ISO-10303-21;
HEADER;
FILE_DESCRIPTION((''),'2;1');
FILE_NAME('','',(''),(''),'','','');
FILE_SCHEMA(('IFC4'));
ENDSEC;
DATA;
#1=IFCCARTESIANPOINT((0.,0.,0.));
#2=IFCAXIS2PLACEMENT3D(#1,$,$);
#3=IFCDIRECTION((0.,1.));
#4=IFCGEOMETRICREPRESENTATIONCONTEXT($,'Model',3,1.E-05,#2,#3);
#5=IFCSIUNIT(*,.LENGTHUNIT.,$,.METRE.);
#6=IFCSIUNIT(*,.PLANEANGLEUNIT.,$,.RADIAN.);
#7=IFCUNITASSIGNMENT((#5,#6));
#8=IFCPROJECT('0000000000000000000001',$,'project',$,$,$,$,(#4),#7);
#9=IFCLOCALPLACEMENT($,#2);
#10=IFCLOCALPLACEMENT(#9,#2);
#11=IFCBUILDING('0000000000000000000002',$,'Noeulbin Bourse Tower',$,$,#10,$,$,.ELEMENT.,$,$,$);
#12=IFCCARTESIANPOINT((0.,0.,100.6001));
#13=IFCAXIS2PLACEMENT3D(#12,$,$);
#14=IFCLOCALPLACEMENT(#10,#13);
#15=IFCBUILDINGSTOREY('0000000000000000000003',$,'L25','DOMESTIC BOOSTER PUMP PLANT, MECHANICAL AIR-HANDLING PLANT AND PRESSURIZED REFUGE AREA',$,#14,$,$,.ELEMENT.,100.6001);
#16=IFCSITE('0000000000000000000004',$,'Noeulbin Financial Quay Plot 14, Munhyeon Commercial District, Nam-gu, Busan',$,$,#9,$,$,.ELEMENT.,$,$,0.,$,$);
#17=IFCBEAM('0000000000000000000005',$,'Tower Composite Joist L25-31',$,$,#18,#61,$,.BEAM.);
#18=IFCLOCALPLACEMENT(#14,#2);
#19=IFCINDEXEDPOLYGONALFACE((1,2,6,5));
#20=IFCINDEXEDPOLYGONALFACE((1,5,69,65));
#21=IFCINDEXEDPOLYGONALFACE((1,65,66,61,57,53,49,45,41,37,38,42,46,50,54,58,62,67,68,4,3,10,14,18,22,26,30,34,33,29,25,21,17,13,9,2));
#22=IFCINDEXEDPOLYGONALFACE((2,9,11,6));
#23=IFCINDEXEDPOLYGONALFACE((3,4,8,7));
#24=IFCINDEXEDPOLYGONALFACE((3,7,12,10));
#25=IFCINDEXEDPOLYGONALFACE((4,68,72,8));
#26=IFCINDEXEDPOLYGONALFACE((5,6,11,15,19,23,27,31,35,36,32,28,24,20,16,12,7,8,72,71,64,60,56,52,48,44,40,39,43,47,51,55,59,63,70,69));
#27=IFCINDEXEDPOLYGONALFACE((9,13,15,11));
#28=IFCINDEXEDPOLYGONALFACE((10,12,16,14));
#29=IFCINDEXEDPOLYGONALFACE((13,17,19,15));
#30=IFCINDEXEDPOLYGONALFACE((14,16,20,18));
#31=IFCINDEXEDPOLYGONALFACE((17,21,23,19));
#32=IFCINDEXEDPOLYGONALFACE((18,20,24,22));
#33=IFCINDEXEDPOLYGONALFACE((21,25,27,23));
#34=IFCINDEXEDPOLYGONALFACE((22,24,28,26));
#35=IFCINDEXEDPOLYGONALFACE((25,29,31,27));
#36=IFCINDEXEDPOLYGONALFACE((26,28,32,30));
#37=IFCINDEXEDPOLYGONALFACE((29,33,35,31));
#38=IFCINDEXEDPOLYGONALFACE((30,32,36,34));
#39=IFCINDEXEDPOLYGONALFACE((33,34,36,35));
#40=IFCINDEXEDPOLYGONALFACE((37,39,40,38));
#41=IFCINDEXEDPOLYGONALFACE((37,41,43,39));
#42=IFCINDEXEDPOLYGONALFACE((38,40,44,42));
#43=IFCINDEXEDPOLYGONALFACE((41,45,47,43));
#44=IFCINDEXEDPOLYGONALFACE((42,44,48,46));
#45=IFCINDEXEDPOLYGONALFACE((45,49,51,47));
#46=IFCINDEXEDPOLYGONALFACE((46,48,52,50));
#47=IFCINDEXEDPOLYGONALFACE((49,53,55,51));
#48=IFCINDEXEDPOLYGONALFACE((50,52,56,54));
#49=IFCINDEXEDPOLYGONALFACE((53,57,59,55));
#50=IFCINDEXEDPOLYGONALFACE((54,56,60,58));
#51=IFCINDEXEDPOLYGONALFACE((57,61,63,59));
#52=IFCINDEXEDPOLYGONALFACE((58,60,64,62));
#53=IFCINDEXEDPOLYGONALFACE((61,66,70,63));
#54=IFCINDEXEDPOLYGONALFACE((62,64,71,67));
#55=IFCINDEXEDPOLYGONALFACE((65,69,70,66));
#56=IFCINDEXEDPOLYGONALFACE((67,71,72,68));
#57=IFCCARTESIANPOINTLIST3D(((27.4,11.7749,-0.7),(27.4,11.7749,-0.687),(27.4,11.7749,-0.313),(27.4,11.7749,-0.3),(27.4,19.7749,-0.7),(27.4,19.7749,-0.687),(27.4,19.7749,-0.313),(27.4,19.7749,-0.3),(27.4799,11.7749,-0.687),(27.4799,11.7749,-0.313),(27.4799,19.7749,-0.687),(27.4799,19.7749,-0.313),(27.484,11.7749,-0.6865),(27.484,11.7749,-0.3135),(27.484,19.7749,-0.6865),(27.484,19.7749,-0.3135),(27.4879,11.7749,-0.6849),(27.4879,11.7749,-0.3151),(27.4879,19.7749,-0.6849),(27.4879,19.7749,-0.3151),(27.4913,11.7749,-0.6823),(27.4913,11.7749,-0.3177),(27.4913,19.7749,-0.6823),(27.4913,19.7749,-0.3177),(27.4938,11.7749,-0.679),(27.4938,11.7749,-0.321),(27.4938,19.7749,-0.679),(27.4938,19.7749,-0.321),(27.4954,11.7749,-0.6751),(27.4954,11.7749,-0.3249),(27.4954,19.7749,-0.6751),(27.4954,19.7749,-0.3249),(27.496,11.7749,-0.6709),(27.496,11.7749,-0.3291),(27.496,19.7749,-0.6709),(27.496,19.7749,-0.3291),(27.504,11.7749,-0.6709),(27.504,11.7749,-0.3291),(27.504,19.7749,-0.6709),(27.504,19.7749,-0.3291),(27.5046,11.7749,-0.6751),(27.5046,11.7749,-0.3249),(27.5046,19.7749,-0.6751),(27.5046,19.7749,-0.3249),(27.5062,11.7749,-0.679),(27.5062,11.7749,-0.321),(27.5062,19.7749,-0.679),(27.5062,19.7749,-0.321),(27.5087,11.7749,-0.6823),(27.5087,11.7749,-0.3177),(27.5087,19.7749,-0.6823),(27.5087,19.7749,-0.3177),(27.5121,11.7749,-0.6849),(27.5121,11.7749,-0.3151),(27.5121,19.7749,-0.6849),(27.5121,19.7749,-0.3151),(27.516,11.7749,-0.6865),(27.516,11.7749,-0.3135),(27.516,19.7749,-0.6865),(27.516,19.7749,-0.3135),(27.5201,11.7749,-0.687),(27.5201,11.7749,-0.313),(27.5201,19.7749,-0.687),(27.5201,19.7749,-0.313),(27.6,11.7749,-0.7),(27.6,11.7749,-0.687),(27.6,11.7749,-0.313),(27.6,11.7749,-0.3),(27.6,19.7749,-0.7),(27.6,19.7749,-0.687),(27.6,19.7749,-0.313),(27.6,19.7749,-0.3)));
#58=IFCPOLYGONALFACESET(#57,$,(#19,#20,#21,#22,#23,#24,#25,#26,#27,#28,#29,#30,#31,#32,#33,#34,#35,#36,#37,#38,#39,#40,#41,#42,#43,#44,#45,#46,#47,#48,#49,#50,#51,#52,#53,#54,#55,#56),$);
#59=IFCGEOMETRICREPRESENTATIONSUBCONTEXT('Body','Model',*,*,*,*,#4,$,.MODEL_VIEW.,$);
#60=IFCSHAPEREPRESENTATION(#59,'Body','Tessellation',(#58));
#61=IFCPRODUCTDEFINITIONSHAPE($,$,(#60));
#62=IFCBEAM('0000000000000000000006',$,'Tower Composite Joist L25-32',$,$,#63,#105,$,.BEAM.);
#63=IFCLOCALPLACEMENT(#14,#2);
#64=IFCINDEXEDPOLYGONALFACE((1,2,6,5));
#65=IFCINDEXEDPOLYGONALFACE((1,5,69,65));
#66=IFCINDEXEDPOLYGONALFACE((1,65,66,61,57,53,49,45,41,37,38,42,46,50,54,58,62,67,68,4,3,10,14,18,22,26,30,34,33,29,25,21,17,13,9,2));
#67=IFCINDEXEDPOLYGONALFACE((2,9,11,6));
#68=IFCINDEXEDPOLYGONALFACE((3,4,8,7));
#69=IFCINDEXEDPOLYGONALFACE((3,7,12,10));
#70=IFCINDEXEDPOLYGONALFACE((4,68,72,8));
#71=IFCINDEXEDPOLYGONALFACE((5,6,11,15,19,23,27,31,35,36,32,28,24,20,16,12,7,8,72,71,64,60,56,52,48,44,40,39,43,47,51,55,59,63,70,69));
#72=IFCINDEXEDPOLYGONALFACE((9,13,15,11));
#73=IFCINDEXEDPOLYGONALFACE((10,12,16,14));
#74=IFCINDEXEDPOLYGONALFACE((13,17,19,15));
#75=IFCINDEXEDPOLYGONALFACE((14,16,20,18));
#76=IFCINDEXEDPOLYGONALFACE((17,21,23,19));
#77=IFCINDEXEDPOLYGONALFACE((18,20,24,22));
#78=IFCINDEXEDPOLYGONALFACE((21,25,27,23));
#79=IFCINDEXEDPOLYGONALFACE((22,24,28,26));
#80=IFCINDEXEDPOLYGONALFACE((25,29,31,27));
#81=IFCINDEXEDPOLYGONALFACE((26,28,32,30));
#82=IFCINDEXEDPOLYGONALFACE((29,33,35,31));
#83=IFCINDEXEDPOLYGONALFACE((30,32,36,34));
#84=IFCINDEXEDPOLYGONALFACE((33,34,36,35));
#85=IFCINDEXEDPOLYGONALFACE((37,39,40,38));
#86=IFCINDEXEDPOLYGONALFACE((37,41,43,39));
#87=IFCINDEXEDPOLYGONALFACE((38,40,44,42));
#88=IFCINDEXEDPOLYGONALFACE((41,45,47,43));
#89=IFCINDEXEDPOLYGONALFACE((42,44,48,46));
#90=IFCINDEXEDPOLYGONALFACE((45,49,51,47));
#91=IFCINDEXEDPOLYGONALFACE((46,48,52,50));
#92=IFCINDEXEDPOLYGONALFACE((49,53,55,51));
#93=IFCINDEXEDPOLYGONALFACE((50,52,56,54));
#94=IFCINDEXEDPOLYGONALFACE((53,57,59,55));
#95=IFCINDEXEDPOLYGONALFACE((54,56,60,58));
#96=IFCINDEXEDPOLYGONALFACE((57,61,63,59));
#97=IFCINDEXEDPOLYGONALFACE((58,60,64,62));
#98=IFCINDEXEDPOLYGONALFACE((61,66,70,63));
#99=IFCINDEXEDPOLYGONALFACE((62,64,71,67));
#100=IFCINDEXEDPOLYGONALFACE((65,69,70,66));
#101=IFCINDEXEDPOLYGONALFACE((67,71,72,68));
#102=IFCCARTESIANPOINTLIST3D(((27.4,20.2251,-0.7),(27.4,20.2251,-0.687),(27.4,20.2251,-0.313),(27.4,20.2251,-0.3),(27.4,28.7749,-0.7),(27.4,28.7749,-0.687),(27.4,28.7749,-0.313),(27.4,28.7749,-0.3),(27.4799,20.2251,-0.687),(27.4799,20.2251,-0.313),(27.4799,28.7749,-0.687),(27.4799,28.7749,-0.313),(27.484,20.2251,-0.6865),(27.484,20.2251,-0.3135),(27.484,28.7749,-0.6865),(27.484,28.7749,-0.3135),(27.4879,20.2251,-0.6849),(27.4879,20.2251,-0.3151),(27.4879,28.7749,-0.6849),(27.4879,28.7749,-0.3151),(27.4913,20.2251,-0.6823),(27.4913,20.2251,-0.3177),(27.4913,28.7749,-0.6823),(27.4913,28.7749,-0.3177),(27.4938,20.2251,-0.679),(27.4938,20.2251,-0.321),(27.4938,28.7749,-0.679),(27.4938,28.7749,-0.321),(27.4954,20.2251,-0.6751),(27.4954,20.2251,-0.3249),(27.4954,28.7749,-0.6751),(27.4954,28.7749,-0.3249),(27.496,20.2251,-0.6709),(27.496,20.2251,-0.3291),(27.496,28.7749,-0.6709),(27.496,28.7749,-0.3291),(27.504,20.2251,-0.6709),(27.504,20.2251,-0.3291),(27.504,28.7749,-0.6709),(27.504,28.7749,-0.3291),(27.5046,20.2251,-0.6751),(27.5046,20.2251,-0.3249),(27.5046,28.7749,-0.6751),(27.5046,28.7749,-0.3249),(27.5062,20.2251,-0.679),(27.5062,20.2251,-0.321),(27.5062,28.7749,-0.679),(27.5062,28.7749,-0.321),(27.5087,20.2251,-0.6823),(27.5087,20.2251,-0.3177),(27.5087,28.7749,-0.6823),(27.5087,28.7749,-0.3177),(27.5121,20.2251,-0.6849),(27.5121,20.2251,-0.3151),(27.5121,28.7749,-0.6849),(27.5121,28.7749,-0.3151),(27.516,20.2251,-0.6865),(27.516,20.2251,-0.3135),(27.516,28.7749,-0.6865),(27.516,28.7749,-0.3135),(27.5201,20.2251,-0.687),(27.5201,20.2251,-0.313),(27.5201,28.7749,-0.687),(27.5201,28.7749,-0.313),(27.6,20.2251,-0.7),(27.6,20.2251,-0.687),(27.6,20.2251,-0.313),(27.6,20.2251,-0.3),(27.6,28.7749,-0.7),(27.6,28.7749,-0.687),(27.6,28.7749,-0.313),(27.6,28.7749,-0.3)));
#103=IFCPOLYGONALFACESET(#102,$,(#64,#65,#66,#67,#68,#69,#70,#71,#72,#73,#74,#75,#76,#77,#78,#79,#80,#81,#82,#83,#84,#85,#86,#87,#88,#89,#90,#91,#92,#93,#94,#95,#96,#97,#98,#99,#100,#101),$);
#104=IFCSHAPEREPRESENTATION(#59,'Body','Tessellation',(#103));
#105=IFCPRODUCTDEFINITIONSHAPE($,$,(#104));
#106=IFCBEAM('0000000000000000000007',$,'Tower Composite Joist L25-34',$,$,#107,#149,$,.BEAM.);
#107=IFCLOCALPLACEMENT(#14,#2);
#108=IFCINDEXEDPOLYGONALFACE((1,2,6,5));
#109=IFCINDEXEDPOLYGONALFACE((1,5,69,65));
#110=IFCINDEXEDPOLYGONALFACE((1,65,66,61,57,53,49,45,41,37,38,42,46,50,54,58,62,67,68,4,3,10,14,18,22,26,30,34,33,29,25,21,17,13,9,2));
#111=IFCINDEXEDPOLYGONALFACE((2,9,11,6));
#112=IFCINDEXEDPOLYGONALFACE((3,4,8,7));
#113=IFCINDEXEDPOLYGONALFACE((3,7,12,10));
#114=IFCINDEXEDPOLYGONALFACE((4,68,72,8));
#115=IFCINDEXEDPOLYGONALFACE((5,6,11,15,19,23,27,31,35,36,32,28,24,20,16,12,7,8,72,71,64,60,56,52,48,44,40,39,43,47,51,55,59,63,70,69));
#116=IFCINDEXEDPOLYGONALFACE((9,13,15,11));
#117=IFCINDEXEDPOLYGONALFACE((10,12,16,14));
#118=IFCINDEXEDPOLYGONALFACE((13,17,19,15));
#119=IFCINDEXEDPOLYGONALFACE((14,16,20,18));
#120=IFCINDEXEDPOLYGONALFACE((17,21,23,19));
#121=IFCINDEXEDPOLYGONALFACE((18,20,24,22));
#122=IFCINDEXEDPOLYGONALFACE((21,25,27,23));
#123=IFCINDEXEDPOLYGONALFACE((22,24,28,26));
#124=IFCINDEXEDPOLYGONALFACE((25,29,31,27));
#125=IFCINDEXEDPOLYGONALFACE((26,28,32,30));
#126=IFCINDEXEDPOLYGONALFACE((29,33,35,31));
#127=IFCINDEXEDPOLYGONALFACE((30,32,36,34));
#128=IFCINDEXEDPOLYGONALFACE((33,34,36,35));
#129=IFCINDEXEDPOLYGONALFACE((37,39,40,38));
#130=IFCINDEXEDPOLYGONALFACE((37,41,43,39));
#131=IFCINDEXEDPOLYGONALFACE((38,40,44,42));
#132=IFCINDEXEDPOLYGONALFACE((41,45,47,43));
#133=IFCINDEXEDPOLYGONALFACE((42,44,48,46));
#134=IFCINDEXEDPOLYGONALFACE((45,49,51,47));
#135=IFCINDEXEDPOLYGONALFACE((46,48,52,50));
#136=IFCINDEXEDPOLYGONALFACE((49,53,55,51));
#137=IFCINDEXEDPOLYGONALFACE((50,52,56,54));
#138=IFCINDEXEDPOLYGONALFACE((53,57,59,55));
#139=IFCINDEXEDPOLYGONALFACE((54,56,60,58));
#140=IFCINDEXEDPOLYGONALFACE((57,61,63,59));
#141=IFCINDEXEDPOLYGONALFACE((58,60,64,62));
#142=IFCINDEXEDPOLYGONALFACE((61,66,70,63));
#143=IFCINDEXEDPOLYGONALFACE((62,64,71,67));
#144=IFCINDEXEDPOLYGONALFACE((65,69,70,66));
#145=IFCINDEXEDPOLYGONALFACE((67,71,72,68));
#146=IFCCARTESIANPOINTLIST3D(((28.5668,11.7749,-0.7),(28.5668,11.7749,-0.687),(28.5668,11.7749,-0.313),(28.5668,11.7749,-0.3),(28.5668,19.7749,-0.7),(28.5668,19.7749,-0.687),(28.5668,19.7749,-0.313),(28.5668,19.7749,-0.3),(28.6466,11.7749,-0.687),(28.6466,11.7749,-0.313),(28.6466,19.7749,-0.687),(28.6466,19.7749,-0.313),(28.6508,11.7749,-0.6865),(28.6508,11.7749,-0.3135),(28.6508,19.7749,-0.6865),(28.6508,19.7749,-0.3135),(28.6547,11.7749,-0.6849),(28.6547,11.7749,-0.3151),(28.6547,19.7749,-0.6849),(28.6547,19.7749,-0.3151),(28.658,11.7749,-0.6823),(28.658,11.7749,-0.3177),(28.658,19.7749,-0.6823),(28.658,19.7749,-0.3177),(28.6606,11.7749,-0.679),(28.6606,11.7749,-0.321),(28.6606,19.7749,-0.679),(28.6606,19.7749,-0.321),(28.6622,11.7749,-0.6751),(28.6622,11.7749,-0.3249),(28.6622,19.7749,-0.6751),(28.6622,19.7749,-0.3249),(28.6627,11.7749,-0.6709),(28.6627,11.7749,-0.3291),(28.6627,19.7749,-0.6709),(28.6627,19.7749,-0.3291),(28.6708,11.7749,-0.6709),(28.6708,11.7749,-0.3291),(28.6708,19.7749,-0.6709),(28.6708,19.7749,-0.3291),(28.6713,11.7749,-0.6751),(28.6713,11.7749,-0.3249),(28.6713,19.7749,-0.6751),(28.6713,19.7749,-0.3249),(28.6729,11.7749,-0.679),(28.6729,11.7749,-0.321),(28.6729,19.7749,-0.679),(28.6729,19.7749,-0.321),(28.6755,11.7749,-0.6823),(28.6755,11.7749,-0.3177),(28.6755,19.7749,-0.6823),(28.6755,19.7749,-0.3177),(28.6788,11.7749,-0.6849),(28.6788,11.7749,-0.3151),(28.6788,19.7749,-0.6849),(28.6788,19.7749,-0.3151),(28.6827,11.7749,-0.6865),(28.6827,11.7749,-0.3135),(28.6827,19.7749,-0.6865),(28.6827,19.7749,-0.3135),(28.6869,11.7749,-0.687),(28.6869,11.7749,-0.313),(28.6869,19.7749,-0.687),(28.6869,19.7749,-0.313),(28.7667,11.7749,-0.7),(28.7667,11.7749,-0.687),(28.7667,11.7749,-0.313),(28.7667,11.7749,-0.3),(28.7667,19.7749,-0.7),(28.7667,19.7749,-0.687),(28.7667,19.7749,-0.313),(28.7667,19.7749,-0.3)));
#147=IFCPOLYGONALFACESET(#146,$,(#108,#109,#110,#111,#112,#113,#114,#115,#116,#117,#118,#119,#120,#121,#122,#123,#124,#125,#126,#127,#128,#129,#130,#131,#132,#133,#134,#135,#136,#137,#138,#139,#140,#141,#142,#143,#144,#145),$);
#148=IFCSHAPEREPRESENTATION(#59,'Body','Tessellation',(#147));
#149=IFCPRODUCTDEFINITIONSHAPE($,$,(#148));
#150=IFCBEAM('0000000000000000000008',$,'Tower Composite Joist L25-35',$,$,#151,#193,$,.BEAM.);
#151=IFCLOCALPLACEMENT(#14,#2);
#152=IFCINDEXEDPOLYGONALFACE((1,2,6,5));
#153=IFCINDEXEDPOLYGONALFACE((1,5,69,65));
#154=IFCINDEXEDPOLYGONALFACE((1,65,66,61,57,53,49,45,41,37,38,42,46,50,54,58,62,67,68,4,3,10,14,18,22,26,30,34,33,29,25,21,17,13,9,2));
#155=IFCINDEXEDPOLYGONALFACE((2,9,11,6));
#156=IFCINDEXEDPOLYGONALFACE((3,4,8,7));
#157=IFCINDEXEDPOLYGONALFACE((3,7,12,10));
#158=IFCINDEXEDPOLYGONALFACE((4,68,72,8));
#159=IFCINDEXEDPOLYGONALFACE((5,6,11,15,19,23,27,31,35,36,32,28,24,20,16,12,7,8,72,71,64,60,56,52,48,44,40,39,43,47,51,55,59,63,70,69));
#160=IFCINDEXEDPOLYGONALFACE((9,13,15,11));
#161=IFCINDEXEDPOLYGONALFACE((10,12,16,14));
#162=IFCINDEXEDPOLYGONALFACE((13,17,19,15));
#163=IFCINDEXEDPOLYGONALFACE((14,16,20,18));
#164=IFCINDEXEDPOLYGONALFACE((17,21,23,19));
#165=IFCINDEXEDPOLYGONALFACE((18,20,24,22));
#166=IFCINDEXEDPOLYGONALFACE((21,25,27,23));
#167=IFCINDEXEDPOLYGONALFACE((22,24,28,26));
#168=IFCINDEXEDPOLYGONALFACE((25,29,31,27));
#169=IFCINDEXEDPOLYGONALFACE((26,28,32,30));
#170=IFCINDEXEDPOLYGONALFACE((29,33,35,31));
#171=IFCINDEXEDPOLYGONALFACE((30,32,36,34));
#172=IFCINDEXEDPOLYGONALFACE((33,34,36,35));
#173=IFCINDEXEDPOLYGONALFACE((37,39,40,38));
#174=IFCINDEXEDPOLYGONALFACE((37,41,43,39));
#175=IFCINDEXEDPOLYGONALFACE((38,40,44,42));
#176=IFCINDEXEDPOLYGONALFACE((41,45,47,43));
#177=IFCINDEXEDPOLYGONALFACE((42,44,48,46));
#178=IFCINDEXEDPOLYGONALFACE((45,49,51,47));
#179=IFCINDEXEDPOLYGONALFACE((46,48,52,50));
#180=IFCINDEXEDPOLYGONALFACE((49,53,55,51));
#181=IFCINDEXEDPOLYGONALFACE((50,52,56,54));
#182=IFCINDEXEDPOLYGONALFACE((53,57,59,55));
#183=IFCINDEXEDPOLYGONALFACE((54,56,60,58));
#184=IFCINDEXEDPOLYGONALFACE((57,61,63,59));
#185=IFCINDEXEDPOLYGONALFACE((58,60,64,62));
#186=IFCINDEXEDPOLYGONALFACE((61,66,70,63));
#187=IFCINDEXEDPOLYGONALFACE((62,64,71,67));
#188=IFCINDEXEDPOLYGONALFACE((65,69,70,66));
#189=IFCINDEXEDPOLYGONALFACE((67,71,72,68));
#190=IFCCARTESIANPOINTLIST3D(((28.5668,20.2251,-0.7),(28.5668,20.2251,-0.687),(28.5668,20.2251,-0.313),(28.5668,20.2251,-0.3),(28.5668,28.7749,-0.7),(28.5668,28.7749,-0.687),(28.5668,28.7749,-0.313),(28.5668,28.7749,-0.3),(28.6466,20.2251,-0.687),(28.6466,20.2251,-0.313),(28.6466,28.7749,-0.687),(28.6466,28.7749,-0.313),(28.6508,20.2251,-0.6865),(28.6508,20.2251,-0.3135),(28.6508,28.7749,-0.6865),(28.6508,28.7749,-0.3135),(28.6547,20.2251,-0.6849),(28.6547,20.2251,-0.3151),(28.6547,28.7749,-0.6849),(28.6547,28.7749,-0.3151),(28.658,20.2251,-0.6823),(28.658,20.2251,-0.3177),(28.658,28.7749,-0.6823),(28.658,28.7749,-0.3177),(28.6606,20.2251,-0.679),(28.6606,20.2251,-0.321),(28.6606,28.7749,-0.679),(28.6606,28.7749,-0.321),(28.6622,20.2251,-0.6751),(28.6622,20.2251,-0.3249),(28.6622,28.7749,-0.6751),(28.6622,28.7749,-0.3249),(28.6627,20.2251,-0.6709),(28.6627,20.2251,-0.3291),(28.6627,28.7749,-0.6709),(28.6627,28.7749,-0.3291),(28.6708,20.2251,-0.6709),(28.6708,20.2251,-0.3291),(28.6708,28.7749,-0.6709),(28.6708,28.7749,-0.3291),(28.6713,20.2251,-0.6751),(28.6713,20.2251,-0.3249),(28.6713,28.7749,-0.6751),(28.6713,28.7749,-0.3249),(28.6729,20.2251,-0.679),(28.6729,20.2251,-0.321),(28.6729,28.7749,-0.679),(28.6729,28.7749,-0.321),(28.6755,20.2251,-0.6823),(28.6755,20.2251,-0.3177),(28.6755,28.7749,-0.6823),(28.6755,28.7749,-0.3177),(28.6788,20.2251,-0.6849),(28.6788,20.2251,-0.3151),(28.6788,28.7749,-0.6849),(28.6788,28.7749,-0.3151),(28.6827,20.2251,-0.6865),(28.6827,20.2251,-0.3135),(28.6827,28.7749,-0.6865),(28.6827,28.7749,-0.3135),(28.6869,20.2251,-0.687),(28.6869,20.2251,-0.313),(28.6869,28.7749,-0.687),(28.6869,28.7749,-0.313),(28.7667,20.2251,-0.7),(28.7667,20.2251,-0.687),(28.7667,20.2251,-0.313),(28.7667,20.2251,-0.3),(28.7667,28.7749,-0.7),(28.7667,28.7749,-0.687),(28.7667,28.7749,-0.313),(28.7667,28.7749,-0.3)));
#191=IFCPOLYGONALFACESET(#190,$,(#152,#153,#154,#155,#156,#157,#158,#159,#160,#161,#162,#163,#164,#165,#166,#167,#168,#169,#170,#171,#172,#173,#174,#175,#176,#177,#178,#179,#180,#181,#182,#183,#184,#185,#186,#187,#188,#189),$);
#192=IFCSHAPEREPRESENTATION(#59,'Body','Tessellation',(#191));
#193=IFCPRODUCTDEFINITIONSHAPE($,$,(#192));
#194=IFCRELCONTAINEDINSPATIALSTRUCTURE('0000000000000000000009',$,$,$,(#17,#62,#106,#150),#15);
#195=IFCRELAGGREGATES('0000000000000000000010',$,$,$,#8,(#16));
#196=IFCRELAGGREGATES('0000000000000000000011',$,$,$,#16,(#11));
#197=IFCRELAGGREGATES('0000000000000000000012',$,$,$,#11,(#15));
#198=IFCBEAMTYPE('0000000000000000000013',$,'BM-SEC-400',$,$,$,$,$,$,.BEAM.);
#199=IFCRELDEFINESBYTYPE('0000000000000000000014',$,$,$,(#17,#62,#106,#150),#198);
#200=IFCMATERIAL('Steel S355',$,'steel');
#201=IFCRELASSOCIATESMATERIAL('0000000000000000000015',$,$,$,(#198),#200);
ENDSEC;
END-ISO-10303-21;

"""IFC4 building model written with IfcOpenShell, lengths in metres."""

from ifc_helpers import new_model, si_unit, direction, frame, origin, origin_2d, place, context, subcontext, project, spatial, i_section, extrude, material, material_profile, profile_set, type_object, element, save


model = new_model("IFC4")

# Units and contexts
model_context = context("Model", 3, precision=1e-05, world=origin(), true_north=direction((0.0, 1.0)))
body_context = subcontext(model_context, "Body", "Model", "MODEL_VIEW")
ifc_project = project(units=[si_unit("LENGTHUNIT", "METRE"), si_unit("PLANEANGLEUNIT", "RADIAN")], contexts=[model_context])

# Site, building, storey
site_placement = place(None, origin())
site = spatial("IfcSite", under=ifc_project, at=site_placement, Name="Noeulbin Financial Quay Plot 14, Munhyeon Commercial District, Nam-gu, Busan", CompositionType="ELEMENT", RefElevation=0.0)
building_placement = place(site_placement, origin())
building = spatial("IfcBuilding", under=site, at=building_placement, Name="Noeulbin Bourse Tower", CompositionType="ELEMENT")
storey_placement = place(building_placement, frame((0.0, 0.0, 100.6001)))
storey = spatial("IfcBuildingStorey", under=building, at=storey_placement, Name="L25", Description="DOMESTIC BOOSTER PUMP PLANT, MECHANICAL AIR-HANDLING PLANT AND PRESSURIZED REFUGE AREA", CompositionType="ELEMENT", Elevation=100.6001)

# Beams
ifc_material_1 = material(Name="Steel S355", Category="steel")
ifc_material_profile_1 = material_profile(ifc_material_1, i_section(OverallWidth=0.2, OverallDepth=0.3999, WebThickness=0.0081, FlangeThickness=0.0129, FilletRadius=0.0161, at=origin_2d()), Name="H-400x200x8x13", Category="LoadBearing")
ifc_profile_set_1 = profile_set([ifc_material_profile_1], Name="Steel S355")
beam_type_1 = type_object("IfcBeamType", Name="BM-SEC-400", PredefinedType="BEAM", material=ifc_profile_set_1)
beam_1_placement = place(storey_placement, frame((27.5, 11.7749, -0.5), z_axis=(0.0, 1.0, 0.0), x_axis=(-1.0, 0.0, 0.0)))
element("IfcBeam", 1, at=beam_1_placement, inside=storey, type_object=beam_type_1, Name="Tower Composite Joist L25-31", PredefinedType="BEAM", context=body_context, shape_type="SweptSolid", body=[
    extrude(i_section(OverallWidth=0.2, OverallDepth=0.3999, WebThickness=0.0081, FlangeThickness=0.0129, FilletRadius=0.0161, at=origin_2d()), origin(), (0.0, 0.0, 1.0), 8.0),
])
beam_2_placement = place(storey_placement, frame((27.5, 20.2251, -0.5), z_axis=(0.0, 1.0, 0.0), x_axis=(-1.0, 0.0, 0.0)))
element("IfcBeam", 2, at=beam_2_placement, inside=storey, type_object=beam_type_1, Name="Tower Composite Joist L25-32", PredefinedType="BEAM", context=body_context, shape_type="SweptSolid", body=[
    extrude(i_section(OverallWidth=0.2, OverallDepth=0.3999, WebThickness=0.0081, FlangeThickness=0.0129, FilletRadius=0.0161, at=origin_2d()), origin(), (0.0, 0.0, 1.0), 8.5498),
])
beam_3_placement = place(storey_placement, frame((28.6667, 11.7749, -0.5), z_axis=(0.0, 1.0, 0.0), x_axis=(-1.0, 0.0, 0.0)))
element("IfcBeam", 3, at=beam_3_placement, inside=storey, type_object=beam_type_1, Name="Tower Composite Joist L25-34", PredefinedType="BEAM", context=body_context, shape_type="SweptSolid", body=[
    extrude(i_section(OverallWidth=0.2, OverallDepth=0.3999, WebThickness=0.0081, FlangeThickness=0.0129, FilletRadius=0.0161, at=origin_2d()), origin(), (0.0, 0.0, 1.0), 8.0),
])
beam_4_placement = place(storey_placement, frame((28.6667, 20.2251, -0.5), z_axis=(0.0, 1.0, 0.0), x_axis=(-1.0, 0.0, 0.0)))
element("IfcBeam", 4, at=beam_4_placement, inside=storey, type_object=beam_type_1, Name="Tower Composite Joist L25-35", PredefinedType="BEAM", context=body_context, shape_type="SweptSolid", body=[
    extrude(i_section(OverallWidth=0.2, OverallDepth=0.3999, WebThickness=0.0081, FlangeThickness=0.0129, FilletRadius=0.0161, at=origin_2d()), origin(), (0.0, 0.0, 1.0), 8.5498),
])

save(model, "model.ifc")
